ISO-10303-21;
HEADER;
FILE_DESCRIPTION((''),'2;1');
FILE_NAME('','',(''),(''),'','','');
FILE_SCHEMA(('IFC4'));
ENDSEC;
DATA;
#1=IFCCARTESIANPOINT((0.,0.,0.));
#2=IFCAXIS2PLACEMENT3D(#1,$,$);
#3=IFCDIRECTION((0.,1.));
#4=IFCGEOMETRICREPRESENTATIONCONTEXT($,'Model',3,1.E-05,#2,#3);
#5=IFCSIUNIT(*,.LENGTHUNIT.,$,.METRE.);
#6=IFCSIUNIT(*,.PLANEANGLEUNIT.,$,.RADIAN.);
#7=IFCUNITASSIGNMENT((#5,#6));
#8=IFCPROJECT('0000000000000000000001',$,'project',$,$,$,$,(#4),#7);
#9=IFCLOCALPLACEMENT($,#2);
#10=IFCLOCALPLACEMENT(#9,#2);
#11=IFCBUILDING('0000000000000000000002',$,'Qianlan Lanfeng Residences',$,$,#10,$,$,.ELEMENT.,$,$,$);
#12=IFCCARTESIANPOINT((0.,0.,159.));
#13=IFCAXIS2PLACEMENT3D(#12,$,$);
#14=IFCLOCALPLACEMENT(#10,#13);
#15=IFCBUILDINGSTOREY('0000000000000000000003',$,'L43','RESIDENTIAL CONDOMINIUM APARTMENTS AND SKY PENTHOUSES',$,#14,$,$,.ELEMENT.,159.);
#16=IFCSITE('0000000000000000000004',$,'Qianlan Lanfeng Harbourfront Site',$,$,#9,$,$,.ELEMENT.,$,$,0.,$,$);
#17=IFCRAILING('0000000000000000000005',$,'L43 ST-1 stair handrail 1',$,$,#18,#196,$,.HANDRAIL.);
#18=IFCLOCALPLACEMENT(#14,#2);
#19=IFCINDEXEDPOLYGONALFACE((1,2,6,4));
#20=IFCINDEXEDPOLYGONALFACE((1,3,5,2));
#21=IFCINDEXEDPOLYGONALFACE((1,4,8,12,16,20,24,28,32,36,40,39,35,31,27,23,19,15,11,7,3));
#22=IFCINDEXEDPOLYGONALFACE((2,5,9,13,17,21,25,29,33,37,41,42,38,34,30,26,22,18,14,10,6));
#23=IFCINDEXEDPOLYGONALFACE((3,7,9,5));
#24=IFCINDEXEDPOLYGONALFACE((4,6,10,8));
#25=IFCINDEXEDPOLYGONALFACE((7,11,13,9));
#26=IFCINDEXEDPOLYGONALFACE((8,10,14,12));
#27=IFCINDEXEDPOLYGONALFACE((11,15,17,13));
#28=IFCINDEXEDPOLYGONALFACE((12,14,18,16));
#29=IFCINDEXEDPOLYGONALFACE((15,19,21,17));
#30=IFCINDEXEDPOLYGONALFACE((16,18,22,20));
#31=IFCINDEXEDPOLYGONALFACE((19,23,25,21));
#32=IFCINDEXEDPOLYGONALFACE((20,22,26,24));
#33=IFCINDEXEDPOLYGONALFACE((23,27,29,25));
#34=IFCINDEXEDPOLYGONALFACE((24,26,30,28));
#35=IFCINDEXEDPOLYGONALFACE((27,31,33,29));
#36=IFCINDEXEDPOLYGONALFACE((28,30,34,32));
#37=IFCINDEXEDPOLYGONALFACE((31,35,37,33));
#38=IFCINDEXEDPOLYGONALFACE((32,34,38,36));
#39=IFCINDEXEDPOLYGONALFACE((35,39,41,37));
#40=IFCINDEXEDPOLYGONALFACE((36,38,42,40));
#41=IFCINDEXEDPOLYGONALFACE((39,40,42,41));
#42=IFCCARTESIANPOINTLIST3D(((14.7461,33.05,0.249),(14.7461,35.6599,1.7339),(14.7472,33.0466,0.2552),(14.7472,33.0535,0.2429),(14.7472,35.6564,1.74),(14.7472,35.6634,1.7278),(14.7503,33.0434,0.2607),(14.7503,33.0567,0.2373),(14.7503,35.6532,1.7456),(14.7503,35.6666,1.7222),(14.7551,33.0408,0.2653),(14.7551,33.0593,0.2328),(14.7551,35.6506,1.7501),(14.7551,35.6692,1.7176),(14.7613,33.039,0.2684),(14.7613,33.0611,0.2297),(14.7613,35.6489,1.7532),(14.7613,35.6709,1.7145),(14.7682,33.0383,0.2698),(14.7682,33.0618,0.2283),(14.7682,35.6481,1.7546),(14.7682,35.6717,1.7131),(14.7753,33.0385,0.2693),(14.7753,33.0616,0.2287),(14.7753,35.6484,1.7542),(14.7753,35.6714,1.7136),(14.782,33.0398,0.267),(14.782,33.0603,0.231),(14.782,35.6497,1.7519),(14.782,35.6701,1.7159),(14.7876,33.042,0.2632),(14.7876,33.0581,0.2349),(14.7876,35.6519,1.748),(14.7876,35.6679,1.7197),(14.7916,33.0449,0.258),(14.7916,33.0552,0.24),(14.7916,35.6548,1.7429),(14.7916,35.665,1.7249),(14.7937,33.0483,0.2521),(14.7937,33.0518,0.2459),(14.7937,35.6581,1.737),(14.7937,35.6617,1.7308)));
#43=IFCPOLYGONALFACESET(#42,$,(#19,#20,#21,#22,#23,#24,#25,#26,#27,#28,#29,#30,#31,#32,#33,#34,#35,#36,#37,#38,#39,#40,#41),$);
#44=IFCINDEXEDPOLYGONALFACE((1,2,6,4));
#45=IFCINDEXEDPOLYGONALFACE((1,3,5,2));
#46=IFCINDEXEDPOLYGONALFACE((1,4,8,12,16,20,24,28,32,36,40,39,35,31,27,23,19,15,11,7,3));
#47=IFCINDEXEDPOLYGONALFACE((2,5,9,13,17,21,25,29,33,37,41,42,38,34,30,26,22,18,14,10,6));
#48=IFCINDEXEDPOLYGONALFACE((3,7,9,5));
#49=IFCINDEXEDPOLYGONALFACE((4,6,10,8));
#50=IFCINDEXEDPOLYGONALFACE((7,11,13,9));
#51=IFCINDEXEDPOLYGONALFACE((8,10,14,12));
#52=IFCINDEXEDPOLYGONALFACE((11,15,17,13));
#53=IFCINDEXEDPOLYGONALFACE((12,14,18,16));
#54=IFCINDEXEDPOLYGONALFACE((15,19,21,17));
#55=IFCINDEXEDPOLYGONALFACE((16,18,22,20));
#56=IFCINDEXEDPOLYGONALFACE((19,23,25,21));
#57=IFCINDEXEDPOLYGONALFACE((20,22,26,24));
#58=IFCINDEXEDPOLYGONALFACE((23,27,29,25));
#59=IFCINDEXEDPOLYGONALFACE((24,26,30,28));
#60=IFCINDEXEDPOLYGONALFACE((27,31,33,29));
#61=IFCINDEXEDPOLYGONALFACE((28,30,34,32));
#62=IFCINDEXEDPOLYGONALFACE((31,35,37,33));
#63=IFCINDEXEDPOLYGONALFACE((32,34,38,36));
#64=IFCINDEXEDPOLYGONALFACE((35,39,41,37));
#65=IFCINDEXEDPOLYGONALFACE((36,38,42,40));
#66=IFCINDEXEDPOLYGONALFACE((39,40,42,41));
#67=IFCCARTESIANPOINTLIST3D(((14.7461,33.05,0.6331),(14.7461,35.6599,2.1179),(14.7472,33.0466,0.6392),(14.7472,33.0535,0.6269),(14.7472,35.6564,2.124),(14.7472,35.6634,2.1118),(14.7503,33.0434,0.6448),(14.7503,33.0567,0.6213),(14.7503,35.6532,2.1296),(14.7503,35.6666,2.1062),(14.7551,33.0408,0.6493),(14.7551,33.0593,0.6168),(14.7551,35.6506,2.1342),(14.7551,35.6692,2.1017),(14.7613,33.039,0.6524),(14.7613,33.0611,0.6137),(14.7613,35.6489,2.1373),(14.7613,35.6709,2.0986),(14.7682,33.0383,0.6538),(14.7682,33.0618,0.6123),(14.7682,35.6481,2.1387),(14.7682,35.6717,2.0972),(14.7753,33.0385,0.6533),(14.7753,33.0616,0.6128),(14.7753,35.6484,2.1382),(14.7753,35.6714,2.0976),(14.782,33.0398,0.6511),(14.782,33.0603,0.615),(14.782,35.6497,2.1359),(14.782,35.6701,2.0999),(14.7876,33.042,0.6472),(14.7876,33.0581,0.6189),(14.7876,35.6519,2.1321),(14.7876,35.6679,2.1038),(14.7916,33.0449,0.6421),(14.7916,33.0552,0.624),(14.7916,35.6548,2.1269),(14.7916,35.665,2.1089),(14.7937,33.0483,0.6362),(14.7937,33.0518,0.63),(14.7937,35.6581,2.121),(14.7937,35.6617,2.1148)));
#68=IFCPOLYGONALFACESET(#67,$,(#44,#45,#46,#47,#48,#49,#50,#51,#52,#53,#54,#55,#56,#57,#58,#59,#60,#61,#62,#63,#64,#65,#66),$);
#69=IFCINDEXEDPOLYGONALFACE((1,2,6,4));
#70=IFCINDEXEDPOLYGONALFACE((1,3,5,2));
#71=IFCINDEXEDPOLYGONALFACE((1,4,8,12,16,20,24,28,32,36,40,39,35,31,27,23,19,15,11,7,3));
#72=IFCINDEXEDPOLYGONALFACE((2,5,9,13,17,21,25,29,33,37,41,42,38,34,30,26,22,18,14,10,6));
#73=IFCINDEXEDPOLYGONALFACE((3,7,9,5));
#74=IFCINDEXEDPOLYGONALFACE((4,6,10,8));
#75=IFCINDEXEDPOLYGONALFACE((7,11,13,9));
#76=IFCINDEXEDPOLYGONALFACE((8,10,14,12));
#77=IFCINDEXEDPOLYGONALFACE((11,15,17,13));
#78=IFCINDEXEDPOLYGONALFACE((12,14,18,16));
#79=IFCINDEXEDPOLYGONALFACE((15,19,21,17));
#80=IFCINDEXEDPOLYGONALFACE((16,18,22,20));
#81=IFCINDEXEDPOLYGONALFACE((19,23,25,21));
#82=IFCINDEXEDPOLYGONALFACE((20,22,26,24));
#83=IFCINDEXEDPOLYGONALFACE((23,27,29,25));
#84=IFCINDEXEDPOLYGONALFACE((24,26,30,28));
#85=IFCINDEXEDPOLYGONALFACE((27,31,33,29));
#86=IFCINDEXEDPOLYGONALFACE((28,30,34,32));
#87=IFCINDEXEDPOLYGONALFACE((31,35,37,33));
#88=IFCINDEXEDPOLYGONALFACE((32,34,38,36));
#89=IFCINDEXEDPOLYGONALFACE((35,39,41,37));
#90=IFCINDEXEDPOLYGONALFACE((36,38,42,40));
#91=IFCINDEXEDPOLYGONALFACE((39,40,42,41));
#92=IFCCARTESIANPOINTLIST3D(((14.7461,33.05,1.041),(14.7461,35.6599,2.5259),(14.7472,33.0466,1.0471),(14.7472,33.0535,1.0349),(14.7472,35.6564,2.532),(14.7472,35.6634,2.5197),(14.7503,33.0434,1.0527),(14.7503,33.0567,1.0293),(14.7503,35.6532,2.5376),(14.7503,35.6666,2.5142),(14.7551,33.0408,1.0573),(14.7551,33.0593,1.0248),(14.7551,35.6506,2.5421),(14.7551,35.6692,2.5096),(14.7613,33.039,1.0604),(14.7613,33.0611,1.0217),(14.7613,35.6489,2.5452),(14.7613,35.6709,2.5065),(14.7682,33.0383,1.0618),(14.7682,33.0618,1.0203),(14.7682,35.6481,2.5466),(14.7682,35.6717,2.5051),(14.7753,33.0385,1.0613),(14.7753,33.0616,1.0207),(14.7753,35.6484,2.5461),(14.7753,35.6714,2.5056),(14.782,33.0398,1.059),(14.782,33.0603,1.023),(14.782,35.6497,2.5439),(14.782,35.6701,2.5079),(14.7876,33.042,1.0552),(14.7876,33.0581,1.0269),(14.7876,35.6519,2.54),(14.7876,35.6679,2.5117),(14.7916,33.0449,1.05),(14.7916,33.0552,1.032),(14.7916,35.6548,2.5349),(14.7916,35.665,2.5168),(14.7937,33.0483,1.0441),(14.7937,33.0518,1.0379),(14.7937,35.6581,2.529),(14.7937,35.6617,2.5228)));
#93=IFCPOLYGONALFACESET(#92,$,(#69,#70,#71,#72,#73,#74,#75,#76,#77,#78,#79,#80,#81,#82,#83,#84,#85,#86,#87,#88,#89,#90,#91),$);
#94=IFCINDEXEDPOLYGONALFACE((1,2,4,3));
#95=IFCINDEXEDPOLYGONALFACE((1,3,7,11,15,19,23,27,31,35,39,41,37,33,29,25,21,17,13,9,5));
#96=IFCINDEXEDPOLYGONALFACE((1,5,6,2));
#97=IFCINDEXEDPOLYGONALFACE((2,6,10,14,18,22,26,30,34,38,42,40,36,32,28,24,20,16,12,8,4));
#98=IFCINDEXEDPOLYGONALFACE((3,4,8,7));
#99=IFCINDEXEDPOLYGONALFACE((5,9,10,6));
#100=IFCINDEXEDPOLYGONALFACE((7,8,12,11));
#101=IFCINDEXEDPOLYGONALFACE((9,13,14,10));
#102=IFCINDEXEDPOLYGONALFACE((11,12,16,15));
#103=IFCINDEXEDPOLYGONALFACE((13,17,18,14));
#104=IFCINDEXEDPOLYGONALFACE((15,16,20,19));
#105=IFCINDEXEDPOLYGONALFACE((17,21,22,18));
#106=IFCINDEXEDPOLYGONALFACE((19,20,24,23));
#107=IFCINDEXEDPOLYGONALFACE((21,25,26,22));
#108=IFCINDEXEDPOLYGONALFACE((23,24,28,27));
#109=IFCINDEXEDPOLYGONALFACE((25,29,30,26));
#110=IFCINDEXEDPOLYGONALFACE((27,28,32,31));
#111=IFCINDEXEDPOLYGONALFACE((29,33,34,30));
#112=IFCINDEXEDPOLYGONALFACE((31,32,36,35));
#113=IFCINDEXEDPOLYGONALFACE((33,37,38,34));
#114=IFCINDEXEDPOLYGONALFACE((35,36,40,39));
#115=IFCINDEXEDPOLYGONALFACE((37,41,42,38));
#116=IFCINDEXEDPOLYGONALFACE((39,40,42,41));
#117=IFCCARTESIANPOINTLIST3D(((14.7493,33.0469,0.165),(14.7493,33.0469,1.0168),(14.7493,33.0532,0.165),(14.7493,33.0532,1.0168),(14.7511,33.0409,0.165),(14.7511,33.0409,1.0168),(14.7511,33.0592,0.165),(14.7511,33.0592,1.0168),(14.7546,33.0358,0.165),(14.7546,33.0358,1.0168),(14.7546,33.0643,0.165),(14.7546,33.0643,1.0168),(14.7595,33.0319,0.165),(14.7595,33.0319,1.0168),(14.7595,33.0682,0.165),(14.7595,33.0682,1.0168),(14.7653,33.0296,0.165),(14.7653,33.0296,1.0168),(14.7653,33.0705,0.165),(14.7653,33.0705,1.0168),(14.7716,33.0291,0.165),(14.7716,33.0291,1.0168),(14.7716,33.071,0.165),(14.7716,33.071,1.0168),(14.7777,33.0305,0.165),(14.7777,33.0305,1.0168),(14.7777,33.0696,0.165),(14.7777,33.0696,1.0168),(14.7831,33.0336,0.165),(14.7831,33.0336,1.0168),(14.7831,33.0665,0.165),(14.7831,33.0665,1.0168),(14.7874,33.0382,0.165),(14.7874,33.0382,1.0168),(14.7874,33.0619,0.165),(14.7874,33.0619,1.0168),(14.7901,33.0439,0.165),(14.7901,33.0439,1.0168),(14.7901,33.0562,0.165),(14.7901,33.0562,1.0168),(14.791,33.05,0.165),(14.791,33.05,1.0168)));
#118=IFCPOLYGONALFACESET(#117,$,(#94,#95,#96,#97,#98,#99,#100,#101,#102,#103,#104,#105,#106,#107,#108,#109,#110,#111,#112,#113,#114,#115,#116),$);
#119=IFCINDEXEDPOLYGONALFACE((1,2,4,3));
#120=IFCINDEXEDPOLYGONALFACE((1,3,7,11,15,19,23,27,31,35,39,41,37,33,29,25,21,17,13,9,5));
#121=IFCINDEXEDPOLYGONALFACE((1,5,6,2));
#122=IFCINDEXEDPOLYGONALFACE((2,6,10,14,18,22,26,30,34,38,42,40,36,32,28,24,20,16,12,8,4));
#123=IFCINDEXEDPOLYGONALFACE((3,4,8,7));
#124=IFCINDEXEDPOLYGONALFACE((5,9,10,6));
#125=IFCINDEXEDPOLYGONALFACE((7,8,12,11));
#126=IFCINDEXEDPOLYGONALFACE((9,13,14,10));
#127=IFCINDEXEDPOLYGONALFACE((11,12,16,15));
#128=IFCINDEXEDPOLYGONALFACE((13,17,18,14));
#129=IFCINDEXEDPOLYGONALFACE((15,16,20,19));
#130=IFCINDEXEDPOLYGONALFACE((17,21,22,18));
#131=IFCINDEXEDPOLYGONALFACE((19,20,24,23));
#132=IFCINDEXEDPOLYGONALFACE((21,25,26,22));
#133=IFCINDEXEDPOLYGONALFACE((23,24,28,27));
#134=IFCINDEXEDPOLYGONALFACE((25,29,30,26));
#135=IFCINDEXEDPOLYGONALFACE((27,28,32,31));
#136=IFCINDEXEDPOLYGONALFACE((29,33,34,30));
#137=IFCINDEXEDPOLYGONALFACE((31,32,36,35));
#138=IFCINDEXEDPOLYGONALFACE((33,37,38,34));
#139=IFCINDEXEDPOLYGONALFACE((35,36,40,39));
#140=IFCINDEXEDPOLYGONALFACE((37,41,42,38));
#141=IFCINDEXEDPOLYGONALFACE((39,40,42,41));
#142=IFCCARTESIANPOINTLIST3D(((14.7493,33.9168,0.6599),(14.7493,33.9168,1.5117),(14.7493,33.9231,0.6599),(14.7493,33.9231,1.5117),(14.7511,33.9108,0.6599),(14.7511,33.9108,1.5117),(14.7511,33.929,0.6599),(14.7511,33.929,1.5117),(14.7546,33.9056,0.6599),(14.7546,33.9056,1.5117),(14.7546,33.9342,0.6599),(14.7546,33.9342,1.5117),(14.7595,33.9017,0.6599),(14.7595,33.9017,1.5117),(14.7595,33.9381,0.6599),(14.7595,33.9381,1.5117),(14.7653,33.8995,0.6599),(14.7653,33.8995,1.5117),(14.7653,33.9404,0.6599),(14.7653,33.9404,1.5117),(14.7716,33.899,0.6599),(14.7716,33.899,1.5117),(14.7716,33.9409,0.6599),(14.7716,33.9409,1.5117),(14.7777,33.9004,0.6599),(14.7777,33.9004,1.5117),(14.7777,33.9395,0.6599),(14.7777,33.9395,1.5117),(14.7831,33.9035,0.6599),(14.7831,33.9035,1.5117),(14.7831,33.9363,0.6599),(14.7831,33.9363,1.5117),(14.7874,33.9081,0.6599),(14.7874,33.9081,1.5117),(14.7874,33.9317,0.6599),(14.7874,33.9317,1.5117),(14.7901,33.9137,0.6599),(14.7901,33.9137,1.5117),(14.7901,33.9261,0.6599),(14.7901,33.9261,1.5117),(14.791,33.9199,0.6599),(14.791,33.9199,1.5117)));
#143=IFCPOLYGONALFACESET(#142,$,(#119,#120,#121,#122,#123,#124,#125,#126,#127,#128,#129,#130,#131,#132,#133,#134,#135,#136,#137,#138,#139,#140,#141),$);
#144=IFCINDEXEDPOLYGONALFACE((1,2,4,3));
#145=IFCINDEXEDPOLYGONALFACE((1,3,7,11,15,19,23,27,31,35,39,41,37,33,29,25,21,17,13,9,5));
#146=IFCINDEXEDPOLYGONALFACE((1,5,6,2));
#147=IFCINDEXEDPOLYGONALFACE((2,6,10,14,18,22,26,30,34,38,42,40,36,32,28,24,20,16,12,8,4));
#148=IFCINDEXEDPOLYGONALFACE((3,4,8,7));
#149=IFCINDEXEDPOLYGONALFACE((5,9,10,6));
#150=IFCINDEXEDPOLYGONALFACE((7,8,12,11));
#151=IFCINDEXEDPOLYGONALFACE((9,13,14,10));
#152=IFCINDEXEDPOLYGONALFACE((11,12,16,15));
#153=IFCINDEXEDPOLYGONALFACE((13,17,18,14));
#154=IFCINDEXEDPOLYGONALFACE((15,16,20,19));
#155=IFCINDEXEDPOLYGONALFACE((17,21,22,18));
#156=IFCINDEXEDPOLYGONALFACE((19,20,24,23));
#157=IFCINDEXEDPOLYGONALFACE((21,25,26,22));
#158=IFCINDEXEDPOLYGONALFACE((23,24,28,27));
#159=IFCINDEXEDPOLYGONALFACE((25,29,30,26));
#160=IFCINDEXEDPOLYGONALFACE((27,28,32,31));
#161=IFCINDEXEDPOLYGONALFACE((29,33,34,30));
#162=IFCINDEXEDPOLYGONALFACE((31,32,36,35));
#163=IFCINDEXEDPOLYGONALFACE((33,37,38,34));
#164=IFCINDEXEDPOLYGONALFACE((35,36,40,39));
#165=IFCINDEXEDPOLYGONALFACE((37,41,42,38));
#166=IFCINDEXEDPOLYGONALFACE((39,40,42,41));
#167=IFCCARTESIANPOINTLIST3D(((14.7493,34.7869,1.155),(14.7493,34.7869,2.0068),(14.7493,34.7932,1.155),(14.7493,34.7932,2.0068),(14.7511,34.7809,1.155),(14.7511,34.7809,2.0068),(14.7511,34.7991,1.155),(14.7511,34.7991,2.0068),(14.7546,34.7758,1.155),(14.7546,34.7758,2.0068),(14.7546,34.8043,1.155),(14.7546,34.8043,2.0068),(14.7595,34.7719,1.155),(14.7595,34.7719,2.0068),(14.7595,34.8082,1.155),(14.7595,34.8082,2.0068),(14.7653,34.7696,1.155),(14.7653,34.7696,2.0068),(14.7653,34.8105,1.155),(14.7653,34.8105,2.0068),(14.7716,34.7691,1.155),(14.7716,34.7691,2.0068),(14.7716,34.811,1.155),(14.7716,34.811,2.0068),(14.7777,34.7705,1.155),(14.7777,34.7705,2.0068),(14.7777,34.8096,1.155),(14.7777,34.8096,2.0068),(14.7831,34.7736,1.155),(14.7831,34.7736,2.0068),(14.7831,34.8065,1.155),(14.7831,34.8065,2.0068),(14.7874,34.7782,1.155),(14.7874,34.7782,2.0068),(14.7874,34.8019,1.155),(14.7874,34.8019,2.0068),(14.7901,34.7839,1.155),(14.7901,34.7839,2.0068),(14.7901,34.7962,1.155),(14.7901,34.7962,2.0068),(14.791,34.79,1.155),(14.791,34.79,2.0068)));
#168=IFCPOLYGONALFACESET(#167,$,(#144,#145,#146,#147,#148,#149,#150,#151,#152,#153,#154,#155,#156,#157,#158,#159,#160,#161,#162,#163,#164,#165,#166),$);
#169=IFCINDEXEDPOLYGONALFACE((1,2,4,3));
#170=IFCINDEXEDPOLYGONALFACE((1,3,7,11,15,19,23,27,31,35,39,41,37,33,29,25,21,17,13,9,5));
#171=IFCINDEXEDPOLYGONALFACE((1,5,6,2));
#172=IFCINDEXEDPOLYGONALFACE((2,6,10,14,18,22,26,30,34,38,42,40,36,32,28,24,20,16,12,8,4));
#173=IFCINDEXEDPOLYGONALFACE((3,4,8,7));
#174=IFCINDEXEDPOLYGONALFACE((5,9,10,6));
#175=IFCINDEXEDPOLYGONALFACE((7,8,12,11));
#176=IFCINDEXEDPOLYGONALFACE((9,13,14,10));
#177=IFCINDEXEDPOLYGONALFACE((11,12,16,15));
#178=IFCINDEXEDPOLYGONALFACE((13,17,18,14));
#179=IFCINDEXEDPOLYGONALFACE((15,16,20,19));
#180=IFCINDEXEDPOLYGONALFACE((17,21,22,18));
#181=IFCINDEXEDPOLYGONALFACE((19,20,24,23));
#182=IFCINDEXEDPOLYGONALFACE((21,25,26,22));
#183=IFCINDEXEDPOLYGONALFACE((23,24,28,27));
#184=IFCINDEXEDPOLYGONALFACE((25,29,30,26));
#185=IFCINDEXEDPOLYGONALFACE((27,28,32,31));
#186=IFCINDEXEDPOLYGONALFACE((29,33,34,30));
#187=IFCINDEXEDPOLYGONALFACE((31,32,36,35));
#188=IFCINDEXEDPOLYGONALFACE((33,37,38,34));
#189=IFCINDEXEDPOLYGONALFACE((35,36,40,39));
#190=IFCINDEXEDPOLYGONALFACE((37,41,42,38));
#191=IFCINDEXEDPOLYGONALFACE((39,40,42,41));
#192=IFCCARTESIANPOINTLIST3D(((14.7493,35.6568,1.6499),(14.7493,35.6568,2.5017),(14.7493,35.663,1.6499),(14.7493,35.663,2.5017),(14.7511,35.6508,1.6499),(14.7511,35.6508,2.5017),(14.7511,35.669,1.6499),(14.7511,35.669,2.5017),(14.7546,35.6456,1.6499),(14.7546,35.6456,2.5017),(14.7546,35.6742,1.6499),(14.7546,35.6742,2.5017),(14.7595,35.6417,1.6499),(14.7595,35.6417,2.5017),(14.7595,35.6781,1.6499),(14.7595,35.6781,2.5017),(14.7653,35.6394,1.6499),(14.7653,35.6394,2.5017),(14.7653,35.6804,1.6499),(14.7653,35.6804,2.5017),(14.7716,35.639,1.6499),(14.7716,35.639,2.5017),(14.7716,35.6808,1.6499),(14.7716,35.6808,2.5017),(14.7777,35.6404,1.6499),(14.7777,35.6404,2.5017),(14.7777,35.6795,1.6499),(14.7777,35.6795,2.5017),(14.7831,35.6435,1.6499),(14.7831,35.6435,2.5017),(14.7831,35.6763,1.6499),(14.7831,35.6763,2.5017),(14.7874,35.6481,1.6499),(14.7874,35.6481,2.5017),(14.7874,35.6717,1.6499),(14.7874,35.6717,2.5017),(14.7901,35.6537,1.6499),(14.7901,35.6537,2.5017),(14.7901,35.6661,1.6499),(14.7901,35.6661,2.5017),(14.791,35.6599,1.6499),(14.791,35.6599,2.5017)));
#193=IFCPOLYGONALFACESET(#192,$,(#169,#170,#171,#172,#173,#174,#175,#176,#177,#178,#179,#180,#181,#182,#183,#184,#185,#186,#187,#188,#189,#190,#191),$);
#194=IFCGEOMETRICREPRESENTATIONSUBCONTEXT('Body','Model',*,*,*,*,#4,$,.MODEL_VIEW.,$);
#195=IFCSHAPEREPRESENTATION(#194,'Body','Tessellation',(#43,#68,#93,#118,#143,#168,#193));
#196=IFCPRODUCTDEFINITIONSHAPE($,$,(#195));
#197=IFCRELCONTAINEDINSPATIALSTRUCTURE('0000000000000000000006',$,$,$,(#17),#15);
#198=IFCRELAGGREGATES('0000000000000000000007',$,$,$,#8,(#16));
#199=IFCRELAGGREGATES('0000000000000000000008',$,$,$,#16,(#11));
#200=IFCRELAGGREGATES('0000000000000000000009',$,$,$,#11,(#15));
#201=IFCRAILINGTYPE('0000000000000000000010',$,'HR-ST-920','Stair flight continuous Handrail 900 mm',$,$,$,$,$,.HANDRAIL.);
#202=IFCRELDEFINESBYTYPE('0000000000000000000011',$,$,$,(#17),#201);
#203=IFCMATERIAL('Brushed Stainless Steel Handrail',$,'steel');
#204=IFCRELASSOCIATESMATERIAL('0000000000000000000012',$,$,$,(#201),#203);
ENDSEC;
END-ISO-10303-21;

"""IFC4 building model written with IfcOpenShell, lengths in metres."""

from ifc_helpers import new_model, si_unit, direction, frame, origin, origin_2d, place, context, subcontext, project, spatial, circle, extrude, material, type_object, element, save


model = new_model("IFC4")

# Units and contexts
model_context = context("Model", 3, precision=1e-05, world=origin(), true_north=direction((0.0, 1.0)))
body_context = subcontext(model_context, "Body", "Model", "MODEL_VIEW")
ifc_project = project(units=[si_unit("LENGTHUNIT", "METRE"), si_unit("PLANEANGLEUNIT", "RADIAN")], contexts=[model_context])

# Site, building, storey
site_placement = place(None, origin())
site = spatial("IfcSite", under=ifc_project, at=site_placement, Name="Qianlan Lanfeng Harbourfront Site", CompositionType="ELEMENT", RefElevation=0.0)
building_placement = place(site_placement, origin())
building = spatial("IfcBuilding", under=site, at=building_placement, Name="Qianlan Lanfeng Residences", CompositionType="ELEMENT")
storey_placement = place(building_placement, frame((0.0, 0.0, 159.0)))
storey = spatial("IfcBuildingStorey", under=building, at=storey_placement, Name="L43", Description="RESIDENTIAL CONDOMINIUM APARTMENTS AND SKY PENTHOUSES", CompositionType="ELEMENT", Elevation=159.0)

# Railing
ifc_material_1 = material(Name="Brushed Stainless Steel Handrail", Category="steel")
railing_type_1 = type_object("IfcRailingType", Name="HR-ST-920", Description="Stair flight continuous Handrail 900 mm", PredefinedType="HANDRAIL", material=ifc_material_1)
railing_1_placement = place(storey_placement, frame((14.77, 33.05, 0.165)))
element("IfcRailing", 1, at=railing_1_placement, inside=storey, type_object=railing_type_1, Name="L43 ST-1 stair handrail 1", PredefinedType="HANDRAIL", context=body_context, shape_type="SweptSolid", body=[
    extrude(circle(Radius=0.0239, at=origin_2d()), frame((0.0, 0.0, 0.084), z_axis=(0.0, 0.869172, 0.494509), x_axis=(-1.0, 0.0, 0.0)), (0.0, 0.0, 1.0), 3.0027),
    extrude(circle(Radius=0.0239, at=origin_2d()), frame((0.0, 0.0, 0.468), z_axis=(0.0, 0.869172, 0.494509), x_axis=(-1.0, 0.0, 0.0)), (0.0, 0.0, 1.0), 3.0027),
    extrude(circle(Radius=0.0239, at=origin_2d()), frame((0.0, 0.0, 0.876), z_axis=(0.0, 0.869172, 0.494509), x_axis=(-1.0, 0.0, 0.0)), (0.0, 0.0, 1.0), 3.0027),
    extrude(circle(Radius=0.021, at=origin_2d()), origin(), (0.0, 0.0, 1.0), 0.8518),
    extrude(circle(Radius=0.021, at=origin_2d()), frame((0.0, 0.8699, 0.4949)), (0.0, 0.0, 1.0), 0.8518),
    extrude(circle(Radius=0.021, at=origin_2d()), frame((0.0, 1.74, 0.99)), (0.0, 0.0, 1.0), 0.8518),
    extrude(circle(Radius=0.021, at=origin_2d()), frame((0.0, 2.6099, 1.4849)), (0.0, 0.0, 1.0), 0.8518),
])

save(model, "model.ifc")
